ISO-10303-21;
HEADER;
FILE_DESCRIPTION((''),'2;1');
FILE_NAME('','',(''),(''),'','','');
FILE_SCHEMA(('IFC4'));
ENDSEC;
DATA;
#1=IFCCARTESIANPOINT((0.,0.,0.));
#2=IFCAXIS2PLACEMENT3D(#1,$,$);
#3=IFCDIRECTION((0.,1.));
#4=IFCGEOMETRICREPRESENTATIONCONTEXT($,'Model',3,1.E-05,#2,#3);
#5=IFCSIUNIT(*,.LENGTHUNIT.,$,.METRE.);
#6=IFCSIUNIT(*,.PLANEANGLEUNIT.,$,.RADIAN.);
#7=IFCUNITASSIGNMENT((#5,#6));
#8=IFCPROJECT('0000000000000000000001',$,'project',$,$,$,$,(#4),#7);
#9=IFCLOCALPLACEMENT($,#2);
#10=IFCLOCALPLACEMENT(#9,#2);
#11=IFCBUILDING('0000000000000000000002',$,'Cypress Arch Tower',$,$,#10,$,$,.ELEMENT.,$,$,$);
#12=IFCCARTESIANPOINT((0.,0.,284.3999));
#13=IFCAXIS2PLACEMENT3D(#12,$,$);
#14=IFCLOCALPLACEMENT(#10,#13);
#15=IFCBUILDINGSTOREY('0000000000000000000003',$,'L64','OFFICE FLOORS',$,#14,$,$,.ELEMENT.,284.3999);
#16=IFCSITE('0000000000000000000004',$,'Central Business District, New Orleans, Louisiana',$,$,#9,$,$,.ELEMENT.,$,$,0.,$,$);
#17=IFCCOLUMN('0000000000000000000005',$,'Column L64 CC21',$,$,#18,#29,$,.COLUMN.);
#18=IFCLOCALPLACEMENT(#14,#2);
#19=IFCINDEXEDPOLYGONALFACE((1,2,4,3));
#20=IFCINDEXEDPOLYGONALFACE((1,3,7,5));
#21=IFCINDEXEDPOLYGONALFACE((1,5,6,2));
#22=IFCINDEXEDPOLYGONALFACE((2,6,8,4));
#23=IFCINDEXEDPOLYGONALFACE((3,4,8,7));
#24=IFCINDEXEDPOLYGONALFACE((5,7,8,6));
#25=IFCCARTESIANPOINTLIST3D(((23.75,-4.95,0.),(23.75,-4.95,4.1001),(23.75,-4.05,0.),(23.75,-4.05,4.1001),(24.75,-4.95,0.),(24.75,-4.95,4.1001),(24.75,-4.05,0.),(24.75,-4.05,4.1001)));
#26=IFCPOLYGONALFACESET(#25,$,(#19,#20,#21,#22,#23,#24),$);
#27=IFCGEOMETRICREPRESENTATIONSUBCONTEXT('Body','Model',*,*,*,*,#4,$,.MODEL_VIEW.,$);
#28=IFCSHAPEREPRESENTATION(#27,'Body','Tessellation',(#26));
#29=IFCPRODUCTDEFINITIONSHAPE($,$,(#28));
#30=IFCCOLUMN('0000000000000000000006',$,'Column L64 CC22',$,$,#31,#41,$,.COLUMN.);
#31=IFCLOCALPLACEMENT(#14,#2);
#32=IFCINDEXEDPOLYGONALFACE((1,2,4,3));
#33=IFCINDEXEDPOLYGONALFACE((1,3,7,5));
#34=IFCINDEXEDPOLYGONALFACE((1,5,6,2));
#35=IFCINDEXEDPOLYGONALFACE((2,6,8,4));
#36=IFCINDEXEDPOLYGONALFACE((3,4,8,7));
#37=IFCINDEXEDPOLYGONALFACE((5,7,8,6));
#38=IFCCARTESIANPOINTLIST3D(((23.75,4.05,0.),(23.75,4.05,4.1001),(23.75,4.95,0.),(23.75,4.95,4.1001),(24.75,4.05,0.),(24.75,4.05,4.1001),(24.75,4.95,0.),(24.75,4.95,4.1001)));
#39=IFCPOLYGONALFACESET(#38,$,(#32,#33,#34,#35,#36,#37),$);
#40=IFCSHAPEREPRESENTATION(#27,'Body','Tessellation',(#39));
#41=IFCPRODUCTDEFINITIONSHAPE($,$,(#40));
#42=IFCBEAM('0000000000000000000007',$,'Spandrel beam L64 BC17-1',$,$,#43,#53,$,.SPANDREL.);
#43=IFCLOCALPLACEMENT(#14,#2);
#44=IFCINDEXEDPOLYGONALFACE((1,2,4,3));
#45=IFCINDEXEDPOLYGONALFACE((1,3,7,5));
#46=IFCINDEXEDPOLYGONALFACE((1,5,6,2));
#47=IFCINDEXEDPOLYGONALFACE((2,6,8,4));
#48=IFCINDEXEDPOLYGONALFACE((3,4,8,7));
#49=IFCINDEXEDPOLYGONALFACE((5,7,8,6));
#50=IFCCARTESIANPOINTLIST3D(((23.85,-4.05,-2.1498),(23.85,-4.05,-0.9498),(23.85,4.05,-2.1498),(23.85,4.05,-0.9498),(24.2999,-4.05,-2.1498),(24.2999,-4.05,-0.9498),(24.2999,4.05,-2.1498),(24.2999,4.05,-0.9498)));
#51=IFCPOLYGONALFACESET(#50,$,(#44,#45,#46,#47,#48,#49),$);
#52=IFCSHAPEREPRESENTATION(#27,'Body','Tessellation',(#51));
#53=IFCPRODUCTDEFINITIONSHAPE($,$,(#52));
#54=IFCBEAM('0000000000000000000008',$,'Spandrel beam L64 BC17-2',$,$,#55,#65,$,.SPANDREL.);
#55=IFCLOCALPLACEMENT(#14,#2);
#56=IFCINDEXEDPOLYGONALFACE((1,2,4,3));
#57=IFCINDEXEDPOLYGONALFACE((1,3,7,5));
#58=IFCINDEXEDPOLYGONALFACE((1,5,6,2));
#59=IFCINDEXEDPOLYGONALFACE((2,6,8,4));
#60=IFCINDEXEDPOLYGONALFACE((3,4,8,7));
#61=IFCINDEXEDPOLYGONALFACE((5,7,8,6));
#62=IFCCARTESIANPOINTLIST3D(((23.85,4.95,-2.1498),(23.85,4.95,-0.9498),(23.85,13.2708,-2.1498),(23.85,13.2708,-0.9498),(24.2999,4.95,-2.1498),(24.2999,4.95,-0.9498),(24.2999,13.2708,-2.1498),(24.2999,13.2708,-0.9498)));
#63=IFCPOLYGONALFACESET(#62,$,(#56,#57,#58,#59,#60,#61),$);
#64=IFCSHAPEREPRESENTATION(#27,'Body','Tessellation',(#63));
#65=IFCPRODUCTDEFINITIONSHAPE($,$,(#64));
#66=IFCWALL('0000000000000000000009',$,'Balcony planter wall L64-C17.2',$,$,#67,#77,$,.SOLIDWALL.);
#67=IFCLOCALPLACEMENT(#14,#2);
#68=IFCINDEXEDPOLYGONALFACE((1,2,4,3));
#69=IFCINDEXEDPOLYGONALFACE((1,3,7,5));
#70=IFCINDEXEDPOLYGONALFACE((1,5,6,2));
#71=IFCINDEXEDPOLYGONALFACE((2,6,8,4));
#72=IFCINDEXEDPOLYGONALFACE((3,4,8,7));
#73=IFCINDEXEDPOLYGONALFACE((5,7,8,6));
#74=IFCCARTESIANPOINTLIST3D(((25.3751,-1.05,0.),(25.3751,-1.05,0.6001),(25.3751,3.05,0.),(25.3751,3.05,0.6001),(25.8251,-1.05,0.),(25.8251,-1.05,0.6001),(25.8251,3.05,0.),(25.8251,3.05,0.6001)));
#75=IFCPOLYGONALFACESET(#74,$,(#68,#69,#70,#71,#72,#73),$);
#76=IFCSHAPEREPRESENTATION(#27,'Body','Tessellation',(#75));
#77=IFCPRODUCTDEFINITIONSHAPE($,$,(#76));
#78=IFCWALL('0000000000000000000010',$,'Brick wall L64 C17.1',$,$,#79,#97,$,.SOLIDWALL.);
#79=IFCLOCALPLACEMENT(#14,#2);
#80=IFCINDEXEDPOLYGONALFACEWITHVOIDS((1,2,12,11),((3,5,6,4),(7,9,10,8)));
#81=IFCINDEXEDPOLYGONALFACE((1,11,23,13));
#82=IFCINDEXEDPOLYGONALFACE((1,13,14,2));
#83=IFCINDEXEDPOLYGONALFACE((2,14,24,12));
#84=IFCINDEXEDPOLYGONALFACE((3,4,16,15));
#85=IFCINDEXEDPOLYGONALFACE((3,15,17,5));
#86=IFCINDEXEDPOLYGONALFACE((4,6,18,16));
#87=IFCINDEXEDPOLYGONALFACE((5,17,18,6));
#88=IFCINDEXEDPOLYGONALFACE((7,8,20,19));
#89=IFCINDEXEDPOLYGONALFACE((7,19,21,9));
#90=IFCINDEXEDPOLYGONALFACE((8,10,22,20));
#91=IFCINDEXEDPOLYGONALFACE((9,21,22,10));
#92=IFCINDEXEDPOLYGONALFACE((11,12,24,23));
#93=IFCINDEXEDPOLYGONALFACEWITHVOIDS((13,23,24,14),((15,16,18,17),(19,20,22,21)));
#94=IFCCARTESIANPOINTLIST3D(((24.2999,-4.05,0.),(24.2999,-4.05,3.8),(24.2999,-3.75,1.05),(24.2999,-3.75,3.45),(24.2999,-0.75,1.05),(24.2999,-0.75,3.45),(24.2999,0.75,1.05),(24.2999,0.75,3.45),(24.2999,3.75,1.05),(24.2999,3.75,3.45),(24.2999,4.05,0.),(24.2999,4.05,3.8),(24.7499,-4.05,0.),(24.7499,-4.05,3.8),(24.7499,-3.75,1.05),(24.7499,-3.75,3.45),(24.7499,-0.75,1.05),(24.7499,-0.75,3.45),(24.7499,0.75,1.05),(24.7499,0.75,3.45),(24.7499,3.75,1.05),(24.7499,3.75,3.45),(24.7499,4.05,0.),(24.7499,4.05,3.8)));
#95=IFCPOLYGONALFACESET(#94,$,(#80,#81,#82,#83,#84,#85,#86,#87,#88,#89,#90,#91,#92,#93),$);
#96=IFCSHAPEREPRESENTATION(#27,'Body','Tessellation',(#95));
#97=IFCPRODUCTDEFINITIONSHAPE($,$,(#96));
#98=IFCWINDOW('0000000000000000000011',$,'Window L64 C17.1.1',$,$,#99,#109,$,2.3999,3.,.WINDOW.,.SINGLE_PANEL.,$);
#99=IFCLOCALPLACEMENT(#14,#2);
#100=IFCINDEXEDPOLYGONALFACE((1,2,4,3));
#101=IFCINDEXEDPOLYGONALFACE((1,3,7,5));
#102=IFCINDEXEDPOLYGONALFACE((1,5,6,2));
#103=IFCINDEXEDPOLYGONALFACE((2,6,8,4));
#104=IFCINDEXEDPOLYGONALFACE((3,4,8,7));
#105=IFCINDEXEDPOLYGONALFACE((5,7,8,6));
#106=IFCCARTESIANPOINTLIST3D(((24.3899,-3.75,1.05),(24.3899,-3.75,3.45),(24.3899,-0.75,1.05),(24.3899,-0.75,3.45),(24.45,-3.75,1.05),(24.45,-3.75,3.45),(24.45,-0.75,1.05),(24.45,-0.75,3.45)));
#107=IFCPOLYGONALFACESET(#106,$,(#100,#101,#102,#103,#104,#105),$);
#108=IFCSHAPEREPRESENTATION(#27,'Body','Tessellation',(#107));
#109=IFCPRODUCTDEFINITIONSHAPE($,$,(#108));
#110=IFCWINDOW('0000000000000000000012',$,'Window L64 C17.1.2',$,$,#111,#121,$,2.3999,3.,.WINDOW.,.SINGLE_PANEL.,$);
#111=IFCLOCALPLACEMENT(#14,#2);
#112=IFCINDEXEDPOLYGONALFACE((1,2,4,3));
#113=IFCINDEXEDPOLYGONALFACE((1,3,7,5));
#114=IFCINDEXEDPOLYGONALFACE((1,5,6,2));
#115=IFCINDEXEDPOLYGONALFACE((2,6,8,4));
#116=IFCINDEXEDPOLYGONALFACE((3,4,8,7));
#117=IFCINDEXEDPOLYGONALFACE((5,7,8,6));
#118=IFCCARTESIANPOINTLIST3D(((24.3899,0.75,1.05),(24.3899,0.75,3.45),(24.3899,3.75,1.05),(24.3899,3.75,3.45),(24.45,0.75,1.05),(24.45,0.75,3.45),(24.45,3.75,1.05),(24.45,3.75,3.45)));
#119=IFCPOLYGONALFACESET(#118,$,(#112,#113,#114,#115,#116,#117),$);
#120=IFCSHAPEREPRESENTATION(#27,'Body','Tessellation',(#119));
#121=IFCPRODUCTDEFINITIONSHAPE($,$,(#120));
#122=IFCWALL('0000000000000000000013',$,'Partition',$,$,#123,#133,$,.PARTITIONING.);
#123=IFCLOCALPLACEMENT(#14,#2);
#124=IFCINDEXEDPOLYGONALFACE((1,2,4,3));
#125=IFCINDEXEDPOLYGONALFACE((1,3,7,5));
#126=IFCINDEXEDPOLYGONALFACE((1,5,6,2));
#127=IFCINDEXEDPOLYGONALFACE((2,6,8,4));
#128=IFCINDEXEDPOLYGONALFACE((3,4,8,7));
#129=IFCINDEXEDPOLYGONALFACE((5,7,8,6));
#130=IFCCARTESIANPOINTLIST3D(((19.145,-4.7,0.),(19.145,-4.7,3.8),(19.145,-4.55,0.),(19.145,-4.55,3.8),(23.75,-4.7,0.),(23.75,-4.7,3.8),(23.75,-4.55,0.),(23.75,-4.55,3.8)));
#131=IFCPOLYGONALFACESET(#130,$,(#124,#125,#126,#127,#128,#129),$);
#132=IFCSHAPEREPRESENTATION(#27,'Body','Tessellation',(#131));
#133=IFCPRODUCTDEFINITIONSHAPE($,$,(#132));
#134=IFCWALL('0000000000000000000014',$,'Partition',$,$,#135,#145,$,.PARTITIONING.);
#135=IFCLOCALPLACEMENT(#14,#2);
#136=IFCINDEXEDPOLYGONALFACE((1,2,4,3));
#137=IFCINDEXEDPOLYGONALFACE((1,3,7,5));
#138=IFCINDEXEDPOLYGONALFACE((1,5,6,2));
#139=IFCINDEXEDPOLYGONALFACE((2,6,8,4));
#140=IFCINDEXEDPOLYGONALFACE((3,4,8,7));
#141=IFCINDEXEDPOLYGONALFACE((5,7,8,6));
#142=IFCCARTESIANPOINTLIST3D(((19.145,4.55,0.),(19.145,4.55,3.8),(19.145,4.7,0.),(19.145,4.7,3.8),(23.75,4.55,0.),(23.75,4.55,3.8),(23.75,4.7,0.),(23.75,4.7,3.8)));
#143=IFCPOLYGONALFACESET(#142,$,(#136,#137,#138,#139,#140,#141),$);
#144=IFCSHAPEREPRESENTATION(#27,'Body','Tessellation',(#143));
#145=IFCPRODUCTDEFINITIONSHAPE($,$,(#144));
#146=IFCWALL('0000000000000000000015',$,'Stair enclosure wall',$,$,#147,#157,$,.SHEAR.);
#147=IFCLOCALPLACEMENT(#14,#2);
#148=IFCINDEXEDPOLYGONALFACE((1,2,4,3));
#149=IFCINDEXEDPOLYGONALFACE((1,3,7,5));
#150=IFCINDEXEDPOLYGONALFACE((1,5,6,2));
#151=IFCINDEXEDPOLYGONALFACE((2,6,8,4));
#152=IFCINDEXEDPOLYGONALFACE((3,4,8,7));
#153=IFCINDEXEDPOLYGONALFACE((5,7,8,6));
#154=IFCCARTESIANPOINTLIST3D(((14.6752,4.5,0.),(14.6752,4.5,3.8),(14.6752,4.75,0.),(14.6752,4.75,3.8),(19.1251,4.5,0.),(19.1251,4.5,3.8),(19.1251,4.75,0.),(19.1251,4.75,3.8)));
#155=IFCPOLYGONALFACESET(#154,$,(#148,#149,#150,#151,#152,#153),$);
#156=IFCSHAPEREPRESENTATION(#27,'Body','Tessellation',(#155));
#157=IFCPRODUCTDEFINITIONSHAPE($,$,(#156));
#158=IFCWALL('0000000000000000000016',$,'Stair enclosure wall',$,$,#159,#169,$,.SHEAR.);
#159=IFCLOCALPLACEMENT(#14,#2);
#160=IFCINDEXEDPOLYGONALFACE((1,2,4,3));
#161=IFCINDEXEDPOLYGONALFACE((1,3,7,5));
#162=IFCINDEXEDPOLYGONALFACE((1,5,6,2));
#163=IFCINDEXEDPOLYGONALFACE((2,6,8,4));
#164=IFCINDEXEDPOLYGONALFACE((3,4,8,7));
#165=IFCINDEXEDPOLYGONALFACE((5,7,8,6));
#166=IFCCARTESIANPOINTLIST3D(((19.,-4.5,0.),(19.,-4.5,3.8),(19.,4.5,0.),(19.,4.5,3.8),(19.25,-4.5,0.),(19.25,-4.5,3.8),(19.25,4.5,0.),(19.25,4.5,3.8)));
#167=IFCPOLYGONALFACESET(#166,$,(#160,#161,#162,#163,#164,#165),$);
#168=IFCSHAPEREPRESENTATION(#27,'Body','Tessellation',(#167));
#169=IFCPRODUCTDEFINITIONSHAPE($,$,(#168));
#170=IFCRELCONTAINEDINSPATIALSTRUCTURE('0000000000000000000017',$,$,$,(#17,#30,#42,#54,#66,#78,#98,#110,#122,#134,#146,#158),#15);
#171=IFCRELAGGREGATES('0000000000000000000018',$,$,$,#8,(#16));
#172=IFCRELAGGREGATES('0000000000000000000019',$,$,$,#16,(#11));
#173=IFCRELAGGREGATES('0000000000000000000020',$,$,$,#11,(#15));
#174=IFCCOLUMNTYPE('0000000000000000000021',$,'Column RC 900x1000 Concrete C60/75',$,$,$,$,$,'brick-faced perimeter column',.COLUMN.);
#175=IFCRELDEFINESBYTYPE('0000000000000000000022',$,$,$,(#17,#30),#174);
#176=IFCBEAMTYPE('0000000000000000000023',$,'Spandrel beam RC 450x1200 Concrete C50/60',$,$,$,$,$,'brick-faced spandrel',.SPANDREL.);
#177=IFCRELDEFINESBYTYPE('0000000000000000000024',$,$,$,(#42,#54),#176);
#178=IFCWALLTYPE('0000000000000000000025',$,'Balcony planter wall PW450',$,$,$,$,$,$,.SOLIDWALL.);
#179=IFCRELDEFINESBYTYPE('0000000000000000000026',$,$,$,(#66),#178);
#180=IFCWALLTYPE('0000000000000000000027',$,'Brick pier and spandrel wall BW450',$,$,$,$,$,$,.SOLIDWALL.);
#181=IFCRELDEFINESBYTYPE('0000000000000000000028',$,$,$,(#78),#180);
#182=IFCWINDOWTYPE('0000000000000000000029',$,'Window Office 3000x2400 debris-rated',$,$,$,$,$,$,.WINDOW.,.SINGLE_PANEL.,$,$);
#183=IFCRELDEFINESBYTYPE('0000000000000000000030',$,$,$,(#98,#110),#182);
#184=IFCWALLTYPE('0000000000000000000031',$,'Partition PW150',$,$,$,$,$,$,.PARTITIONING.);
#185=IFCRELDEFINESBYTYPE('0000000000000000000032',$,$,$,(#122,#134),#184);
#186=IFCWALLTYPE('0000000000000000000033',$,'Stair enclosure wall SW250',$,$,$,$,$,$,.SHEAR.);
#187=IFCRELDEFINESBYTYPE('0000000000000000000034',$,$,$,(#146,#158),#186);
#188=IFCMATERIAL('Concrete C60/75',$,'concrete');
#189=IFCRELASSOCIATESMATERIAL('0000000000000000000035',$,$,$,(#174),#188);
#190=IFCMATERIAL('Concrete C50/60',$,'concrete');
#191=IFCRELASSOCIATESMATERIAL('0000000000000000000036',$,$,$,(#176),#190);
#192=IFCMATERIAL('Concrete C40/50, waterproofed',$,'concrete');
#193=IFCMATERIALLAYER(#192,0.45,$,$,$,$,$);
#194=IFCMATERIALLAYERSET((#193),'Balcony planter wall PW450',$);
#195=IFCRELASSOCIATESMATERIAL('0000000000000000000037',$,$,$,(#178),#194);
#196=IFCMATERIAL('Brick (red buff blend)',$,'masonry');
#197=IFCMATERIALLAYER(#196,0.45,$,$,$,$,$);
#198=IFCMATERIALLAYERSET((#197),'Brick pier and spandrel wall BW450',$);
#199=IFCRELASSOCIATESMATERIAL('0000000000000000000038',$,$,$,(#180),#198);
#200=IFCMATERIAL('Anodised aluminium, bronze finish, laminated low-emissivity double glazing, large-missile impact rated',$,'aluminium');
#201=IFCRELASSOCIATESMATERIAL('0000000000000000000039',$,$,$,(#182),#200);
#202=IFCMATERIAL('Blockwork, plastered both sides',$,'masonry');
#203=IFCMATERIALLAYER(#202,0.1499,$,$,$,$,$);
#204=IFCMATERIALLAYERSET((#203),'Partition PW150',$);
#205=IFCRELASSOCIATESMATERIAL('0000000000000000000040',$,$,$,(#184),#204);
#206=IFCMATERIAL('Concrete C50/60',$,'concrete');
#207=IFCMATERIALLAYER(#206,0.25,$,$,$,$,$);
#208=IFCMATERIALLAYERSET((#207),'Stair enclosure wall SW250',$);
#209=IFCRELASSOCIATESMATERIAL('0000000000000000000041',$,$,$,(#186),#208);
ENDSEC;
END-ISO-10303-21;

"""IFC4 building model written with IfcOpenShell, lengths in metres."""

from ifc_helpers import new_model, si_unit, direction, frame, frame_2d, origin, origin_2d, place, context, subcontext, project, spatial, rectangle, extrude, material, layer, layer_set, material_profile, profile_set, type_object, element, fill, save


model = new_model("IFC4")

# Units and contexts
model_context = context("Model", 3, precision=1e-05, world=origin(), true_north=direction((0.0, 1.0)))
body_context = subcontext(model_context, "Body", "Model", "MODEL_VIEW")
ifc_project = project(units=[si_unit("LENGTHUNIT", "METRE"), si_unit("PLANEANGLEUNIT", "RADIAN")], contexts=[model_context])

# Site, building, storey
site_placement = place(None, origin())
site = spatial("IfcSite", under=ifc_project, at=site_placement, Name="Central Business District, New Orleans, Louisiana", CompositionType="ELEMENT", RefElevation=0.0)
building_placement = place(site_placement, origin())
building = spatial("IfcBuilding", under=site, at=building_placement, Name="Cypress Arch Tower", CompositionType="ELEMENT")
storey_placement = place(building_placement, frame((0.0, 0.0, 284.3999)))
storey = spatial("IfcBuildingStorey", under=building, at=storey_placement, Name="L64", Description="OFFICE FLOORS", CompositionType="ELEMENT", Elevation=284.3999)

# Columns
ifc_material_1 = material(Name="Concrete C60/75", Category="concrete")
ifc_material_profile_1 = material_profile(ifc_material_1, rectangle(XDim=0.8999, YDim=1.0, at=origin_2d()), Name="RC 900x1000")
ifc_profile_set_1 = profile_set([ifc_material_profile_1], Name="Concrete C60/75")
column_type = type_object("IfcColumnType", Name="Column RC 900x1000 Concrete C60/75", ElementType="brick-faced perimeter column", PredefinedType="COLUMN", material=ifc_profile_set_1)
for number, where, z_axis, x_axis, name in (
    (1, (24.25, -4.5, 0.0), (0.0, 0.0, 1.0), (0.0, 1.0, 0.0), "Column L64 CC21"),
    (2, (24.25, 4.5, 0.0), (0.0, 0.0, 1.0), (0.0, 1.0, 0.0), "Column L64 CC22"),
):
    element("IfcColumn", number, at=place(storey_placement, frame(where, z_axis=z_axis, x_axis=x_axis)), inside=storey, type_object=column_type, Name=name, PredefinedType="COLUMN", context=body_context, shape_type="SweptSolid", body=[
        extrude(rectangle(XDim=0.8999, YDim=1.0, at=origin_2d()), origin(), (0.0, 0.0, 1.0), 4.1001),
    ])

# Beams
ifc_material_2 = material(Name="Concrete C50/60", Category="concrete")
ifc_material_profile_2 = material_profile(ifc_material_2, rectangle(XDim=0.45, YDim=1.2, at=origin_2d()), Name="RC 450x1200")
ifc_profile_set_2 = profile_set([ifc_material_profile_2], Name="Concrete C50/60")
beam_type = type_object("IfcBeamType", Name="Spandrel beam RC 450x1200 Concrete C50/60", ElementType="brick-faced spandrel", PredefinedType="SPANDREL", material=ifc_profile_set_2)
beam_1_placement = place(storey_placement, frame((24.075, -4.05, -1.5498), z_axis=(0.0, 1.0, 0.0), x_axis=(-1.0, 0.0, 0.0)))
element("IfcBeam", 3, at=beam_1_placement, inside=storey, type_object=beam_type, Name="Spandrel beam L64 BC17-1", PredefinedType="SPANDREL", context=body_context, shape_type="SweptSolid", body=[
    extrude(rectangle(XDim=0.45, YDim=1.2, at=origin_2d()), origin(), (0.0, 0.0, 1.0), 8.1001),
])
beam_2_placement = place(storey_placement, frame((24.075, 4.95, -1.5498), z_axis=(0.0, 1.0, 0.0), x_axis=(-1.0, 0.0, 0.0)))
element("IfcBeam", 4, at=beam_2_placement, inside=storey, type_object=beam_type, Name="Spandrel beam L64 BC17-2", PredefinedType="SPANDREL", context=body_context, shape_type="SweptSolid", body=[
    extrude(rectangle(XDim=0.45, YDim=1.2, at=origin_2d()), origin(), (0.0, 0.0, 1.0), 8.3208),
])

# Wall
ifc_material_3 = material(Name="Concrete C40/50, waterproofed", Category="concrete")
ifc_layer_1 = layer(ifc_material_3, 0.45)
ifc_layer_set_1 = layer_set([ifc_layer_1], Name="Balcony planter wall PW450")
wall_type_1 = type_object("IfcWallType", Name="Balcony planter wall PW450", PredefinedType="SOLIDWALL", material=ifc_layer_set_1)
wall_1_placement = place(storey_placement, frame((25.6001, -1.05, 0.0), z_axis=(0.0, 0.0, 1.0), x_axis=(0.0, 1.0, 0.0)))
element("IfcWall", 5, at=wall_1_placement, inside=storey, type_object=wall_type_1, Name="Balcony planter wall L64-C17.2", PredefinedType="SOLIDWALL", context=body_context, shape_type="SweptSolid", body=[
    extrude(rectangle(XDim=4.1001, YDim=0.45, at=frame_2d((2.05, 0.0))), origin(), (0.0, 0.0, 1.0), 0.6001),
])

# Wall, openings, windows
ifc_material_4 = material(Name="Brick (red buff blend)", Category="masonry")
ifc_layer_2 = layer(ifc_material_4, 0.45)
ifc_layer_set_2 = layer_set([ifc_layer_2], Name="Brick pier and spandrel wall BW450")
wall_type_2 = type_object("IfcWallType", Name="Brick pier and spandrel wall BW450", PredefinedType="SOLIDWALL", material=ifc_layer_set_2)
wall_2_placement = place(storey_placement, frame((24.5249, -4.05, 0.0), z_axis=(0.0, 0.0, 1.0), x_axis=(0.0, 1.0, 0.0)))
wall_2 = element("IfcWall", 6, at=wall_2_placement, inside=storey, type_object=wall_type_2, Name="Brick wall L64 C17.1", PredefinedType="SOLIDWALL", context=body_context, shape_type="SweptSolid", body=[
    extrude(rectangle(XDim=8.1001, YDim=0.45, at=frame_2d((4.05, 0.0))), origin(), (0.0, 0.0, 1.0), 3.8),
])
opening_1_placement = place(wall_2_placement, frame((0.3, 0.0, 1.05)))
opening_1 = element("IfcOpeningElement", 7, at=opening_1_placement, cuts=wall_2, PredefinedType="OPENING", context=body_context, shape_type="SweptSolid", body=[
    extrude(rectangle(XDim=3.0, YDim=2.3999, at=frame_2d((1.5, 1.2))), frame((0.0, 0.2349, 0.0), z_axis=(0.0, -1.0, 0.0), x_axis=(1.0, 0.0, 0.0)), (0.0, 0.0, 1.0), 0.47),
])
opening_2_placement = place(wall_2_placement, frame((4.8, 0.0, 1.05)))
opening_2 = element("IfcOpeningElement", 8, at=opening_2_placement, cuts=wall_2, PredefinedType="OPENING", context=body_context, shape_type="SweptSolid", body=[
    extrude(rectangle(XDim=3.0, YDim=2.3999, at=frame_2d((1.5, 1.2))), frame((0.0, 0.2349, 0.0), z_axis=(0.0, -1.0, 0.0), x_axis=(1.0, 0.0, 0.0)), (0.0, 0.0, 1.0), 0.47),
])
ifc_material_5 = material(Name="Anodised aluminium, bronze finish, laminated low-emissivity double glazing, large-missile impact rated", Category="aluminium")
window_type_1 = type_object("IfcWindowType", Name="Window Office 3000x2400 debris-rated", PartitioningType="SINGLE_PANEL", PredefinedType="WINDOW", material=ifc_material_5)
window_1_placement = place(opening_1_placement, origin())
window_1 = element("IfcWindow", 9, at=window_1_placement, inside=storey, type_object=window_type_1, Name="Window L64 C17.1.1", OverallHeight=2.3999, OverallWidth=3.0, PartitioningType="SINGLE_PANEL", PredefinedType="WINDOW", context=body_context, shape_type="SweptSolid", body=[
    extrude(rectangle(XDim=3.0, YDim=2.3999, at=frame_2d((1.5, 1.2))), frame((0.0, 0.135, 0.0), z_axis=(0.0, -1.0, 0.0), x_axis=(1.0, 0.0, 0.0)), (0.0, 0.0, 1.0), 0.0601),
])
fill(opening_1, window_1)
window_2_placement = place(opening_2_placement, origin())
window_2 = element("IfcWindow", 10, at=window_2_placement, inside=storey, type_object=window_type_1, Name="Window L64 C17.1.2", OverallHeight=2.3999, OverallWidth=3.0, PartitioningType="SINGLE_PANEL", PredefinedType="WINDOW", context=body_context, shape_type="SweptSolid", body=[
    extrude(rectangle(XDim=3.0, YDim=2.3999, at=frame_2d((1.5, 1.2))), frame((0.0, 0.135, 0.0), z_axis=(0.0, -1.0, 0.0), x_axis=(1.0, 0.0, 0.0)), (0.0, 0.0, 1.0), 0.0601),
])
fill(opening_2, window_2)

# Walls
ifc_material_6 = material(Name="Blockwork, plastered both sides", Category="masonry")
ifc_layer_3 = layer(ifc_material_6, 0.1499)
ifc_layer_set_3 = layer_set([ifc_layer_3], Name="Partition PW150")
wall_type_3 = type_object("IfcWallType", Name="Partition PW150", PredefinedType="PARTITIONING", material=ifc_layer_set_3)
for number, where, z_axis, x_axis, name in (
    (11, (19.145, -4.625, 0.0), (0.0, 0.0, 1.0), (1.0, 0.0, 0.0), "Partition"),
    (12, (19.145, 4.625, 0.0), (0.0, 0.0, 1.0), (1.0, 0.0, 0.0), "Partition"),
):
    element("IfcWall", number, at=place(storey_placement, frame(where, z_axis=z_axis, x_axis=x_axis)), inside=storey, type_object=wall_type_3, Name=name, PredefinedType="PARTITIONING", context=body_context, shape_type="SweptSolid", body=[
        extrude(rectangle(XDim=4.605, YDim=0.1499, at=frame_2d((2.3025, 0.0))), origin(), (0.0, 0.0, 1.0), 3.8),
    ])
ifc_material_7 = material(Name="Concrete C50/60", Category="concrete")
ifc_layer_4 = layer(ifc_material_7, 0.25)
ifc_layer_set_4 = layer_set([ifc_layer_4], Name="Stair enclosure wall SW250")
wall_type_4 = type_object("IfcWallType", Name="Stair enclosure wall SW250", PredefinedType="SHEAR", material=ifc_layer_set_4)
wall_3_placement = place(storey_placement, frame((14.675, 4.625, 0.0), z_axis=(0.0, 0.0, 1.0), x_axis=(1.0, 0.0, 0.0)))
element("IfcWall", 13, at=wall_3_placement, inside=storey, type_object=wall_type_4, Name="Stair enclosure wall", PredefinedType="SHEAR", context=body_context, shape_type="SweptSolid", body=[
    extrude(rectangle(XDim=4.45, YDim=0.25, at=frame_2d((2.2251, 0.0))), origin(), (0.0, 0.0, 1.0), 3.8),
])
wall_4_placement = place(storey_placement, frame((19.125, -4.5, 0.0), z_axis=(0.0, 0.0, 1.0), x_axis=(0.0, 1.0, 0.0)))
element("IfcWall", 14, at=wall_4_placement, inside=storey, type_object=wall_type_4, Name="Stair enclosure wall", PredefinedType="SHEAR", context=body_context, shape_type="SweptSolid", body=[
    extrude(rectangle(XDim=9.0, YDim=0.25, at=frame_2d((4.5, 0.0))), origin(), (0.0, 0.0, 1.0), 3.8),
])

save(model, "model.ifc")
